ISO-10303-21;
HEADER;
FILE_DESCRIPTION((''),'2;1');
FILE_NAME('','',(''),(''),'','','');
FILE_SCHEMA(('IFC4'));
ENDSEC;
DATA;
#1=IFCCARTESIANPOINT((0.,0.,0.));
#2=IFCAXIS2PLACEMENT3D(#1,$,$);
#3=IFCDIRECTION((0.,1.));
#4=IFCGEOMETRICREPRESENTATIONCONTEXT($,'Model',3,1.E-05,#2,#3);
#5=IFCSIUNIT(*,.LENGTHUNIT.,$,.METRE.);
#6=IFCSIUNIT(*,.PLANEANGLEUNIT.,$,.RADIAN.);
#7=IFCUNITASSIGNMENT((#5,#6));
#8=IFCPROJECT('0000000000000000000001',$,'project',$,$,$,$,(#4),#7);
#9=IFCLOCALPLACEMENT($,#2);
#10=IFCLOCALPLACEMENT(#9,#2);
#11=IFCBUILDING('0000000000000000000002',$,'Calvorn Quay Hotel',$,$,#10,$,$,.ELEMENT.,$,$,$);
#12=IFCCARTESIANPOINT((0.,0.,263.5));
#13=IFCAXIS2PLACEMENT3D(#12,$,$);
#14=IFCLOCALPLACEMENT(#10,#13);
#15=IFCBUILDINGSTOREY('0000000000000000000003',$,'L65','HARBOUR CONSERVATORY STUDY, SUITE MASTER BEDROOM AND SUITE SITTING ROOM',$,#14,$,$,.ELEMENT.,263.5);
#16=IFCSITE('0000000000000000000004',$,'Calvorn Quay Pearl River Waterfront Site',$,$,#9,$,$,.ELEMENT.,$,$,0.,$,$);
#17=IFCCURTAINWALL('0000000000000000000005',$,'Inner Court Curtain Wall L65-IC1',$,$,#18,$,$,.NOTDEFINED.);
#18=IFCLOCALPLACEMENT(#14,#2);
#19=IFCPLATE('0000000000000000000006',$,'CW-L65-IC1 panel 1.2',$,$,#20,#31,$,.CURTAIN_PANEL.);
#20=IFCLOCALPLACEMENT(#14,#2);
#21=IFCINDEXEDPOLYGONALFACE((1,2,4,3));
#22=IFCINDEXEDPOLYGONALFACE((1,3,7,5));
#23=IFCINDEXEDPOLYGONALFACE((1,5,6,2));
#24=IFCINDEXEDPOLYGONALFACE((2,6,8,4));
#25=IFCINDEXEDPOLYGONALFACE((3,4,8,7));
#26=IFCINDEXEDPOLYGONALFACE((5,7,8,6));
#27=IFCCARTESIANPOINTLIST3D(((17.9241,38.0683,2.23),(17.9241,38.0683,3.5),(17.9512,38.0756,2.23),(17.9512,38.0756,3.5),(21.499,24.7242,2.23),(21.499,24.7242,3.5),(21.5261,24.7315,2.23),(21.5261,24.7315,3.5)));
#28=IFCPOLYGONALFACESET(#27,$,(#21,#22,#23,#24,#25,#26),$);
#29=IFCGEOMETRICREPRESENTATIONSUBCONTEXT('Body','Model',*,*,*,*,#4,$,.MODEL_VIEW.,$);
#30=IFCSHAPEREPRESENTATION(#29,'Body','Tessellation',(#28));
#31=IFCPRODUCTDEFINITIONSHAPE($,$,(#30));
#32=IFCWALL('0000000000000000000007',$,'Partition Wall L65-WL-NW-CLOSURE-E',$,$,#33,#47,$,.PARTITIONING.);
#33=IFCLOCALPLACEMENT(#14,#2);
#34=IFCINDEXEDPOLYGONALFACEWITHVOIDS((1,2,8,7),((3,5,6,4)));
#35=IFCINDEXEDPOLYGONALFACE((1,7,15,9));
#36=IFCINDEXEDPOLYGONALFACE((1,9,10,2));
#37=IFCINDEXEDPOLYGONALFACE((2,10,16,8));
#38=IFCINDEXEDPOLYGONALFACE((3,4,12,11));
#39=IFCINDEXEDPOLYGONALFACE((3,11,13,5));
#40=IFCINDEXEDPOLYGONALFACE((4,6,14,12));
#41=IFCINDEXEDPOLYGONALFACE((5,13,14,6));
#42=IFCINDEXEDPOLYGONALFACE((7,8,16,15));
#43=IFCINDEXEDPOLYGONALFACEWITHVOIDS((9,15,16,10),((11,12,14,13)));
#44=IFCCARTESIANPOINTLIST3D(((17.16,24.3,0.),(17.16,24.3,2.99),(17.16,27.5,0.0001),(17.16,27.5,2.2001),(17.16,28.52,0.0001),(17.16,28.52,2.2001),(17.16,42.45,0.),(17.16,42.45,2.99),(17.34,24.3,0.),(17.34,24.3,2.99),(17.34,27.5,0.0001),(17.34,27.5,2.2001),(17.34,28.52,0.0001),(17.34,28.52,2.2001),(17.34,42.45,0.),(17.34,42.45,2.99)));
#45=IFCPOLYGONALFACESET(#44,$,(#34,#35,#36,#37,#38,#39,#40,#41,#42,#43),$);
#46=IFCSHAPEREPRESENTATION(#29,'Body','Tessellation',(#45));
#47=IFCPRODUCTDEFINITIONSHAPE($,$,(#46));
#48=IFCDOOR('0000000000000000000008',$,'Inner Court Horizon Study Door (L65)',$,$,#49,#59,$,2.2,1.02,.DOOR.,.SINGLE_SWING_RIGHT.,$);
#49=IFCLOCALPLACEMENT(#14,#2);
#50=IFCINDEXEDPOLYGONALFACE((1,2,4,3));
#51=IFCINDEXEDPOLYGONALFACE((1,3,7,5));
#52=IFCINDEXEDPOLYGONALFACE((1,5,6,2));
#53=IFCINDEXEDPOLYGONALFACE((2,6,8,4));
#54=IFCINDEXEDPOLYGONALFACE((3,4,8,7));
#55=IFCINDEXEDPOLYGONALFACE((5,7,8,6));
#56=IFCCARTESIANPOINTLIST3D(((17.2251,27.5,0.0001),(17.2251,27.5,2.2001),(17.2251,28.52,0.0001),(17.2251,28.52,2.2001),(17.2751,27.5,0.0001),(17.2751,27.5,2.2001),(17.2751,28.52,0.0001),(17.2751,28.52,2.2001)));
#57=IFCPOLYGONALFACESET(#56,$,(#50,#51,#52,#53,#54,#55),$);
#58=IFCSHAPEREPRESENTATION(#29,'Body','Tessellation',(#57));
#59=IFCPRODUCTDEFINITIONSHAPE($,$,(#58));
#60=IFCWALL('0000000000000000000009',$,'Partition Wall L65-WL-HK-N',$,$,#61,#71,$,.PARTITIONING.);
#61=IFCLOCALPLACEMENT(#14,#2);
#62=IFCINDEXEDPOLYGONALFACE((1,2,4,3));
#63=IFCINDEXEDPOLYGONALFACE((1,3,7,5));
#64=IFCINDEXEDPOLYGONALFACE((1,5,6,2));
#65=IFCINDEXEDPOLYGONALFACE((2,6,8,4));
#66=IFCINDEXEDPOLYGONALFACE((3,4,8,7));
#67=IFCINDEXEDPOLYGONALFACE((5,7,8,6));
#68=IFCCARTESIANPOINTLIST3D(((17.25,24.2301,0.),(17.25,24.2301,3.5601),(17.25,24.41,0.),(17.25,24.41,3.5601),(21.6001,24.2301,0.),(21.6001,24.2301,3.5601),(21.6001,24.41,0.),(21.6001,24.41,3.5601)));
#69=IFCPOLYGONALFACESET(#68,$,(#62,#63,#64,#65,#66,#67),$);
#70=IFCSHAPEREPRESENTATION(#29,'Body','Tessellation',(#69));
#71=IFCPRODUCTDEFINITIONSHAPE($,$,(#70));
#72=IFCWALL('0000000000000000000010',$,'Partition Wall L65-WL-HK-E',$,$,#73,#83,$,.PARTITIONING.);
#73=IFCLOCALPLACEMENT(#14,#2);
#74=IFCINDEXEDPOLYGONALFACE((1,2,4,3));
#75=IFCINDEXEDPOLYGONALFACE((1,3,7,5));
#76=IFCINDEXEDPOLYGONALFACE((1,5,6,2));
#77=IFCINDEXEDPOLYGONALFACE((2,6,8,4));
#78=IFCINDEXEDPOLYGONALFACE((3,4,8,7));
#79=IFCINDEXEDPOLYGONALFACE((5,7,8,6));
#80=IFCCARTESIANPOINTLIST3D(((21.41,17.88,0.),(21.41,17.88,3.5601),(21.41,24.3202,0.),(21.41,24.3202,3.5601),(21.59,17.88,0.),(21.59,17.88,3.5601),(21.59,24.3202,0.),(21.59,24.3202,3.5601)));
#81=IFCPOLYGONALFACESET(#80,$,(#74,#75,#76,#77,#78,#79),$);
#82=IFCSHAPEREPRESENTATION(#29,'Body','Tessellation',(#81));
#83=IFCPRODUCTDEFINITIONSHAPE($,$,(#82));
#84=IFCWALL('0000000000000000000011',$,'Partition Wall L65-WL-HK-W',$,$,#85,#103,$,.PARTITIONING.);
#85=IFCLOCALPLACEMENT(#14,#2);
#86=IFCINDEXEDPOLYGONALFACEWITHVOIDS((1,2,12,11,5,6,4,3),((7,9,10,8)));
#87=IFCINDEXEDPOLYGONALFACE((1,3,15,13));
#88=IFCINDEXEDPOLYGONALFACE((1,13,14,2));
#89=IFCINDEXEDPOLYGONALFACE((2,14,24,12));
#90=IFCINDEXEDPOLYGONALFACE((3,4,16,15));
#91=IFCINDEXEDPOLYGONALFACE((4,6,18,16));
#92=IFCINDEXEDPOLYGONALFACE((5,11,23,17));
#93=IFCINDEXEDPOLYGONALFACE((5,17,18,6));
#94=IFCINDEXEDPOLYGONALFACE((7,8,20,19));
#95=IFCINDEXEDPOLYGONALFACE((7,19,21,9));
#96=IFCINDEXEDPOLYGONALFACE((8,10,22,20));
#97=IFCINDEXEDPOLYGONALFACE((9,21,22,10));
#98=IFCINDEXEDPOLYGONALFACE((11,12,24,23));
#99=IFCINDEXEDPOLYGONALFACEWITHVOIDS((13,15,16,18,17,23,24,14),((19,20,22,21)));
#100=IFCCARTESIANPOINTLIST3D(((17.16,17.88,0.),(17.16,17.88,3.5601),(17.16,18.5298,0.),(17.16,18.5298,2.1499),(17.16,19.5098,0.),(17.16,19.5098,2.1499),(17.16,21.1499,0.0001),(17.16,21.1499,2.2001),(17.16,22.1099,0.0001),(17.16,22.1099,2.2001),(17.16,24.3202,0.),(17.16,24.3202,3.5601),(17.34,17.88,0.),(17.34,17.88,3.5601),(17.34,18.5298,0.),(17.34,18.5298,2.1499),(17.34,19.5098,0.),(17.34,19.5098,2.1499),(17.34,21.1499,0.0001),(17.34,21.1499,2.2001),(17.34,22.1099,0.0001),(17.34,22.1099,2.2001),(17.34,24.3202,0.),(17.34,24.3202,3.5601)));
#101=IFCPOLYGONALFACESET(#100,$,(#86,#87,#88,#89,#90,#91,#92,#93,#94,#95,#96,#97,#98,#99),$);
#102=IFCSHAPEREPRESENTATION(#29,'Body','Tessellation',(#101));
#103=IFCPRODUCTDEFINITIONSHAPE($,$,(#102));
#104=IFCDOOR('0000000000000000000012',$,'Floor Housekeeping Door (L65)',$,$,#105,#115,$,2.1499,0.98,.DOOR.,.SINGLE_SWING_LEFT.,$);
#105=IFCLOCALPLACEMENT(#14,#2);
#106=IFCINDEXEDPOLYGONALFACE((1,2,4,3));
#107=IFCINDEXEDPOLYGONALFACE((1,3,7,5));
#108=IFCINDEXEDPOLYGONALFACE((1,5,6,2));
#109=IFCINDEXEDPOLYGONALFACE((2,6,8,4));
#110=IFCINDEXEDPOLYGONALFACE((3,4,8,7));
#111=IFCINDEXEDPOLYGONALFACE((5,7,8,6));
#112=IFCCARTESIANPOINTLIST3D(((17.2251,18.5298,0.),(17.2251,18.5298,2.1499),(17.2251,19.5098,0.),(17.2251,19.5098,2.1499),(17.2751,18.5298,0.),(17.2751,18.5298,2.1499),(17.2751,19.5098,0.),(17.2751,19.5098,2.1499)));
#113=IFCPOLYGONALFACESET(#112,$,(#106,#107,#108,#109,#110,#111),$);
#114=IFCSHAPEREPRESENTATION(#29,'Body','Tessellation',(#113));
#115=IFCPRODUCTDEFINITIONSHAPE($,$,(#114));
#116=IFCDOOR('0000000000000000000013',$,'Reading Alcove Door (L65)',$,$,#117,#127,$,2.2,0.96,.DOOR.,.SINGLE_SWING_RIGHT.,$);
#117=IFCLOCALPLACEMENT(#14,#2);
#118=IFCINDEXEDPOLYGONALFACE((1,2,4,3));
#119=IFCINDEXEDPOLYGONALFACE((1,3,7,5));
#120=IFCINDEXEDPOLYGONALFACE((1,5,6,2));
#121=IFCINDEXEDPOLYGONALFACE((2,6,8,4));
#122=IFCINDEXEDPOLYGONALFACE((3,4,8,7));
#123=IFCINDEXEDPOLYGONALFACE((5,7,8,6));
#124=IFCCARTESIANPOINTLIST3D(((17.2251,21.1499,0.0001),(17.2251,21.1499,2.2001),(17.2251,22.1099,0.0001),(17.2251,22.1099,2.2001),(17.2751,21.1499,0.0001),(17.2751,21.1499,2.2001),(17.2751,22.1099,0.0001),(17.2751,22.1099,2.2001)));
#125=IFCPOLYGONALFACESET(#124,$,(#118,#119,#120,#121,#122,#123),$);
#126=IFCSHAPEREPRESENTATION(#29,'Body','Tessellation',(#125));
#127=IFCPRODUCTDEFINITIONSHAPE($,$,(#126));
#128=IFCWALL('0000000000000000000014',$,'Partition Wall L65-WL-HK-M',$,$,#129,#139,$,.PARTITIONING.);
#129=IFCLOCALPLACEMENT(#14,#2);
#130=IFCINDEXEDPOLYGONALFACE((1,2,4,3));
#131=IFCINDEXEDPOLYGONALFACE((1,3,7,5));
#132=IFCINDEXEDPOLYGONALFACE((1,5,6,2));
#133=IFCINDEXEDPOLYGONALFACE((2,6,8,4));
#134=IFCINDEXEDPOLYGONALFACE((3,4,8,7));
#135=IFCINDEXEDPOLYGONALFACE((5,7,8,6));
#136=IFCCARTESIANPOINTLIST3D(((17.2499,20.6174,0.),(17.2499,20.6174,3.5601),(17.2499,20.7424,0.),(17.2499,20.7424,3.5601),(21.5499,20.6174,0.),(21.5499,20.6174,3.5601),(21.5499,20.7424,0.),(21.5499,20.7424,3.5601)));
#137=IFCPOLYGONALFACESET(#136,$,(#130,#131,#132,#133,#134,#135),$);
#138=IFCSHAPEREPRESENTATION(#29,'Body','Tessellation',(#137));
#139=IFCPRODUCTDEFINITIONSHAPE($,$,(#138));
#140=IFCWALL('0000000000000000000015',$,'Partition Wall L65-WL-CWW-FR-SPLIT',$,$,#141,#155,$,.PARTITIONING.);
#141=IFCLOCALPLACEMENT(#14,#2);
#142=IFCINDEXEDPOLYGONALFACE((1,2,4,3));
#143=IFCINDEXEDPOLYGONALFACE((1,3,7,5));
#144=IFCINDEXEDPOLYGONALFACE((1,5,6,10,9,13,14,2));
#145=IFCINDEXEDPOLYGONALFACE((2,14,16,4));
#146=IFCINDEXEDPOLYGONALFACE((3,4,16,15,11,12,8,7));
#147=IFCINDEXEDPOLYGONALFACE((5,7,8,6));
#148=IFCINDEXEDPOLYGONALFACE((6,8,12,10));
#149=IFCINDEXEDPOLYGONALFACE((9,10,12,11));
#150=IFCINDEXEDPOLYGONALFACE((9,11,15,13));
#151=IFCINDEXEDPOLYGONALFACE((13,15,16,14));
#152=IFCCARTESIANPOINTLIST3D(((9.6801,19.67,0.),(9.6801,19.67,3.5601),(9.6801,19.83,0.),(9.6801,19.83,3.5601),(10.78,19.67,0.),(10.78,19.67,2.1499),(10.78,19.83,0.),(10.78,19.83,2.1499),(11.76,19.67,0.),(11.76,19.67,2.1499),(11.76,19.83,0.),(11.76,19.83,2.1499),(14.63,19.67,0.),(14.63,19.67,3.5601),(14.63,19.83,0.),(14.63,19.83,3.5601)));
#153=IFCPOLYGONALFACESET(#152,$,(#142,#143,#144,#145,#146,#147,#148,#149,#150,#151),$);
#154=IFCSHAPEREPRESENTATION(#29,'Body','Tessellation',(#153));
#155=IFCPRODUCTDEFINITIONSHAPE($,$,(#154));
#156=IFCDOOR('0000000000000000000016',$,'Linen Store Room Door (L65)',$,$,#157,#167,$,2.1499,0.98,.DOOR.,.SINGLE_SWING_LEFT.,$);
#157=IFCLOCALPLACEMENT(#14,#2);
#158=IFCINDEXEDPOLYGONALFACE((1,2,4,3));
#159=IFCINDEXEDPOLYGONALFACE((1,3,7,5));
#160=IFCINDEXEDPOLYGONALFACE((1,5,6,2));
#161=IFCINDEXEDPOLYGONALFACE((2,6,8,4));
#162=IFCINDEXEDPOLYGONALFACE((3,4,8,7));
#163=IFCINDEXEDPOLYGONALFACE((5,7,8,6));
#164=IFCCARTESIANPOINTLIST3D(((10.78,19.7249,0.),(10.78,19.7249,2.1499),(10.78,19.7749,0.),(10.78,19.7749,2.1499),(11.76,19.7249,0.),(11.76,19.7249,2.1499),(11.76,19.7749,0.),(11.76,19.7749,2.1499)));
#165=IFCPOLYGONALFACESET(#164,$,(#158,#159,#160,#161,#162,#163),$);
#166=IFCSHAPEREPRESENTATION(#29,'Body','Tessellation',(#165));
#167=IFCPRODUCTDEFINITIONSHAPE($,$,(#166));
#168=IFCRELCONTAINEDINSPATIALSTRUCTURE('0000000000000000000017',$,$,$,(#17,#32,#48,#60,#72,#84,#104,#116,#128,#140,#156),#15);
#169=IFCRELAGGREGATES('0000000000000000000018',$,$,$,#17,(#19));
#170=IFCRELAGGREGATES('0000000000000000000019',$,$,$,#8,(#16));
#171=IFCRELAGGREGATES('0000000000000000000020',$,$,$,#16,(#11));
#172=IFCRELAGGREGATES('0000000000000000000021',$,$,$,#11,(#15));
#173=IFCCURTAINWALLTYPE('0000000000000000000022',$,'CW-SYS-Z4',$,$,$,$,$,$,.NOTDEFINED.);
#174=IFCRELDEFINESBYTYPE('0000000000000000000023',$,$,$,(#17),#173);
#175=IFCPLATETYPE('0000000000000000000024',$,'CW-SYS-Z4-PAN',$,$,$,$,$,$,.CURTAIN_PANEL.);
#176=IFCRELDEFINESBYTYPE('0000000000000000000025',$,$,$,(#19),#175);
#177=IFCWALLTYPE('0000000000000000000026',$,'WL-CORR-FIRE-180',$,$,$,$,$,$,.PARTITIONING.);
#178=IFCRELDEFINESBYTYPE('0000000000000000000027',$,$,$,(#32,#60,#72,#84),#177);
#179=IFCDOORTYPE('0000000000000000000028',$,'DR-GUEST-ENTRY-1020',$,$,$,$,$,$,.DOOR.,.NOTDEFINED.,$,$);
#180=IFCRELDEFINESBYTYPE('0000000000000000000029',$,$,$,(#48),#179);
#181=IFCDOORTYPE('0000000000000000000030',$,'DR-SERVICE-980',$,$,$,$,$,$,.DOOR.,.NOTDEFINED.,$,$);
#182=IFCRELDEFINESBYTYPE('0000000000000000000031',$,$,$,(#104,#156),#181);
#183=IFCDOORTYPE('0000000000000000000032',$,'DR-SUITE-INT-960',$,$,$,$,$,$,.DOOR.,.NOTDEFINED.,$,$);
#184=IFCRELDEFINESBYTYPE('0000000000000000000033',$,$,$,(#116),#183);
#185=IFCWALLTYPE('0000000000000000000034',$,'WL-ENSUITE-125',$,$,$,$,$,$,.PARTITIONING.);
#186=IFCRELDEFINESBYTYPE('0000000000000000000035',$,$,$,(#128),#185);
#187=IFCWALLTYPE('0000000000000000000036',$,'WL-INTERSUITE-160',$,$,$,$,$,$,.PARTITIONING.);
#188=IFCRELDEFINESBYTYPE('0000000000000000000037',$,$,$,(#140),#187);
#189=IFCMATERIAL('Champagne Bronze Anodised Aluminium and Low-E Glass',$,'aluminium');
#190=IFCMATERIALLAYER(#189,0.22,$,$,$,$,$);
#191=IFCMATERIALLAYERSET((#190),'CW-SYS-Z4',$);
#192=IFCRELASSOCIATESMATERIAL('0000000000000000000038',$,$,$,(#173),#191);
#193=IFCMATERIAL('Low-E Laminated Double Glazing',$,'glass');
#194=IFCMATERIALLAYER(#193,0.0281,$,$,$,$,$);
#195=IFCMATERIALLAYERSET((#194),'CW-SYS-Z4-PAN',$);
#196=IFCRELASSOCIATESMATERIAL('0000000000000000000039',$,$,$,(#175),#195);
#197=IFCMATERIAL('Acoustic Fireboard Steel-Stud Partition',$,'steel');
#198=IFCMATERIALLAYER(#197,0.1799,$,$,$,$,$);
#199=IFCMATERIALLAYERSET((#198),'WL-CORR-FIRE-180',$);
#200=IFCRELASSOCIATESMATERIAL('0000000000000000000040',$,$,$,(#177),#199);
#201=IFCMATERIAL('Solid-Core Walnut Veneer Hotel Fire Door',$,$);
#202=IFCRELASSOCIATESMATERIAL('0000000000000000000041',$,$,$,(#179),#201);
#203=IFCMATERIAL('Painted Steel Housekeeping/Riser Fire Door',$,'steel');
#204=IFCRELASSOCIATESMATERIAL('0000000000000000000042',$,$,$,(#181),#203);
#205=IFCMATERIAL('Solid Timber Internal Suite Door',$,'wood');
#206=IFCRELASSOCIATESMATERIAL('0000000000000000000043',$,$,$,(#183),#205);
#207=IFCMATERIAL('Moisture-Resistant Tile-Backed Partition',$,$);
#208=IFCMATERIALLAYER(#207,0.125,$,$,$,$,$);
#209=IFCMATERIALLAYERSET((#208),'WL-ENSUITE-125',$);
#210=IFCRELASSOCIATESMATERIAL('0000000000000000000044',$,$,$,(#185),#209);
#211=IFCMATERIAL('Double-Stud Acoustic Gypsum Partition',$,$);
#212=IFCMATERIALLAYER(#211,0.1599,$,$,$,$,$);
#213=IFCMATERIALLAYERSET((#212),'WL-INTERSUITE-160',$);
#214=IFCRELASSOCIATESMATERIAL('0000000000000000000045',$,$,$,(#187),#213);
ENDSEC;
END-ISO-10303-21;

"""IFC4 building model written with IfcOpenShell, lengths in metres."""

from ifc_helpers import new_model, si_unit, direction, frame, frame_2d, origin, origin_2d, place, context, subcontext, project, spatial, rectangle, extrude, material, layer, layer_set, type_object, element, fill, aggregate, save


model = new_model("IFC4")

# Units and contexts
model_context = context("Model", 3, precision=1e-05, world=origin(), true_north=direction((0.0, 1.0)))
body_context = subcontext(model_context, "Body", "Model", "MODEL_VIEW")
ifc_project = project(units=[si_unit("LENGTHUNIT", "METRE"), si_unit("PLANEANGLEUNIT", "RADIAN")], contexts=[model_context])

# Site, building, storey
site_placement = place(None, origin())
site = spatial("IfcSite", under=ifc_project, at=site_placement, Name="Calvorn Quay Pearl River Waterfront Site", CompositionType="ELEMENT", RefElevation=0.0)
building_placement = place(site_placement, origin())
building = spatial("IfcBuilding", under=site, at=building_placement, Name="Calvorn Quay Hotel", CompositionType="ELEMENT")
storey_placement = place(building_placement, frame((0.0, 0.0, 263.5)))
storey = spatial("IfcBuildingStorey", under=building, at=storey_placement, Name="L65", Description="HARBOUR CONSERVATORY STUDY, SUITE MASTER BEDROOM AND SUITE SITTING ROOM", CompositionType="ELEMENT", Elevation=263.5)

# Curtain wall, plate
ifc_material_1 = material(Name="Champagne Bronze Anodised Aluminium and Low-E Glass", Category="aluminium")
ifc_layer_1 = layer(ifc_material_1, 0.22)
ifc_layer_set_1 = layer_set([ifc_layer_1], Name="CW-SYS-Z4")
curtain_wall_type = type_object("IfcCurtainWallType", Name="CW-SYS-Z4", PredefinedType="NOTDEFINED", material=ifc_layer_set_1)
curtain_wall_placement = place(storey_placement, origin())
curtain_wall = element("IfcCurtainWall", 1, at=curtain_wall_placement, inside=storey, type_object=curtain_wall_type, Name="Inner Court Curtain Wall L65-IC1", PredefinedType="NOTDEFINED")
ifc_material_2 = material(Name="Low-E Laminated Double Glazing", Category="glass")
ifc_layer_2 = layer(ifc_material_2, 0.0281)
ifc_layer_set_2 = layer_set([ifc_layer_2], Name="CW-SYS-Z4-PAN")
plate_type = type_object("IfcPlateType", Name="CW-SYS-Z4-PAN", PredefinedType="CURTAIN_PANEL", material=ifc_layer_set_2)
plate_1_placement = place(storey_placement, frame((19.7251, 31.3999, 2.23), z_axis=(0.0, 0.0, 1.0), x_axis=(-0.258779, 0.965937, 0.0)))
plate_1 = element("IfcPlate", 2, at=plate_1_placement, type_object=plate_type, Name="CW-L65-IC1 panel 1.2", PredefinedType="CURTAIN_PANEL", context=body_context, shape_type="SweptSolid", body=[
    extrude(rectangle(XDim=13.8147, YDim=0.0281, at=origin_2d()), origin(), (0.0, 0.0, 1.0), 1.27),
])
aggregate(curtain_wall, [plate_1])

# Wall, opening, door
ifc_material_3 = material(Name="Acoustic Fireboard Steel-Stud Partition", Category="steel")
ifc_layer_3 = layer(ifc_material_3, 0.1799)
ifc_layer_set_3 = layer_set([ifc_layer_3], Name="WL-CORR-FIRE-180")
wall_type_1 = type_object("IfcWallType", Name="WL-CORR-FIRE-180", PredefinedType="PARTITIONING", material=ifc_layer_set_3)
wall_1_placement = place(storey_placement, frame((17.25, 24.3, 0.0), z_axis=(0.0, 0.0, 1.0), x_axis=(0.0, 1.0, 0.0)))
wall_1 = element("IfcWall", 3, at=wall_1_placement, inside=storey, type_object=wall_type_1, Name="Partition Wall L65-WL-NW-CLOSURE-E", PredefinedType="PARTITIONING", context=body_context, shape_type="SweptSolid", body=[
    extrude(rectangle(XDim=18.1499, YDim=0.1799, at=frame_2d((9.075, 0.0))), origin(), (0.0, 0.0, 1.0), 2.99),
])
opening_1_placement = place(wall_1_placement, frame((3.2, 0.0, 0.0)))
opening_1 = element("IfcOpeningElement", 4, at=opening_1_placement, cuts=wall_1, PredefinedType="OPENING", context=body_context, shape_type="SweptSolid", body=[
    extrude(rectangle(XDim=1.02, YDim=2.2, at=frame_2d((0.51, 1.1001))), frame((0.0, 0.0999, 0.0), z_axis=(0.0, -1.0, 0.0), x_axis=(1.0, 0.0, 0.0)), (0.0, 0.0, 1.0), 0.2),
])
ifc_material_4 = material(Name="Solid-Core Walnut Veneer Hotel Fire Door")
door_type_1 = type_object("IfcDoorType", Name="DR-GUEST-ENTRY-1020", OperationType="NOTDEFINED", PredefinedType="DOOR", material=ifc_material_4)
door_1_placement = place(opening_1_placement, origin())
door_1 = element("IfcDoor", 5, at=door_1_placement, inside=storey, type_object=door_type_1, Name="Inner Court Horizon Study Door (L65)", OperationType="SINGLE_SWING_RIGHT", OverallHeight=2.2, OverallWidth=1.02, PredefinedType="DOOR", context=body_context, shape_type="SweptSolid", body=[
    extrude(rectangle(XDim=1.02, YDim=2.2, at=frame_2d((0.51, 1.1001))), frame((0.0, 0.0249, 0.0), z_axis=(0.0, -1.0, 0.0), x_axis=(1.0, 0.0, 0.0)), (0.0, 0.0, 1.0), 0.05),
])
fill(opening_1, door_1)

# Walls
wall_2_placement = place(storey_placement, frame((17.25, 24.3201, 0.0), z_axis=(0.0, 0.0, 1.0), x_axis=(1.0, 0.0, 0.0)))
element("IfcWall", 6, at=wall_2_placement, inside=storey, type_object=wall_type_1, Name="Partition Wall L65-WL-HK-N", PredefinedType="PARTITIONING", context=body_context, shape_type="SweptSolid", body=[
    extrude(rectangle(XDim=4.3501, YDim=0.1799, at=frame_2d((2.175, 0.0))), origin(), (0.0, 0.0, 1.0), 3.5601),
])
wall_3_placement = place(storey_placement, frame((21.5, 17.8799, 0.0), z_axis=(0.0, 0.0, 1.0), x_axis=(0.0, 1.0, 0.0)))
element("IfcWall", 7, at=wall_3_placement, inside=storey, type_object=wall_type_1, Name="Partition Wall L65-WL-HK-E", PredefinedType="PARTITIONING", context=body_context, shape_type="SweptSolid", body=[
    extrude(rectangle(XDim=6.4402, YDim=0.1799, at=frame_2d((3.2202, 0.0))), origin(), (0.0, 0.0, 1.0), 3.5601),
])

# Wall, openings, doors
wall_4_placement = place(storey_placement, frame((17.25, 17.8799, 0.0), z_axis=(0.0, 0.0, 1.0), x_axis=(0.0, 1.0, 0.0)))
wall_4 = element("IfcWall", 8, at=wall_4_placement, inside=storey, type_object=wall_type_1, Name="Partition Wall L65-WL-HK-W", PredefinedType="PARTITIONING", context=body_context, shape_type="SweptSolid", body=[
    extrude(rectangle(XDim=6.4402, YDim=0.1799, at=frame_2d((3.2202, 0.0))), origin(), (0.0, 0.0, 1.0), 3.5601),
])
opening_2_placement = place(wall_4_placement, frame((0.6499, 0.0, 0.0)))
opening_2 = element("IfcOpeningElement", 9, at=opening_2_placement, cuts=wall_4, PredefinedType="OPENING", context=body_context, shape_type="SweptSolid", body=[
    extrude(rectangle(XDim=0.98, YDim=2.1499, at=frame_2d((0.49, 1.075))), frame((0.0, 0.0999, 0.0), z_axis=(0.0, -1.0, 0.0), x_axis=(1.0, 0.0, 0.0)), (0.0, 0.0, 1.0), 0.2),
])
opening_3_placement = place(wall_4_placement, frame((3.27, 0.0, 0.0)))
opening_3 = element("IfcOpeningElement", 10, at=opening_3_placement, cuts=wall_4, PredefinedType="OPENING", context=body_context, shape_type="SweptSolid", body=[
    extrude(rectangle(XDim=0.96, YDim=2.2, at=frame_2d((0.48, 1.1001))), frame((0.0, 0.0999, 0.0), z_axis=(0.0, -1.0, 0.0), x_axis=(1.0, 0.0, 0.0)), (0.0, 0.0, 1.0), 0.2),
])
ifc_material_5 = material(Name="Painted Steel Housekeeping/Riser Fire Door", Category="steel")
door_type_2 = type_object("IfcDoorType", Name="DR-SERVICE-980", OperationType="NOTDEFINED", PredefinedType="DOOR", material=ifc_material_5)
door_2_placement = place(opening_2_placement, origin())
door_2 = element("IfcDoor", 11, at=door_2_placement, inside=storey, type_object=door_type_2, Name="Floor Housekeeping Door (L65)", OperationType="SINGLE_SWING_LEFT", OverallHeight=2.1499, OverallWidth=0.98, PredefinedType="DOOR", context=body_context, shape_type="SweptSolid", body=[
    extrude(rectangle(XDim=0.98, YDim=2.1499, at=frame_2d((0.49, 1.075))), frame((0.0, 0.0249, 0.0), z_axis=(0.0, -1.0, 0.0), x_axis=(1.0, 0.0, 0.0)), (0.0, 0.0, 1.0), 0.05),
])
fill(opening_2, door_2)
ifc_material_6 = material(Name="Solid Timber Internal Suite Door", Category="wood")
door_type_3 = type_object("IfcDoorType", Name="DR-SUITE-INT-960", OperationType="NOTDEFINED", PredefinedType="DOOR", material=ifc_material_6)
door_3_placement = place(opening_3_placement, origin())
door_3 = element("IfcDoor", 12, at=door_3_placement, inside=storey, type_object=door_type_3, Name="Reading Alcove Door (L65)", OperationType="SINGLE_SWING_RIGHT", OverallHeight=2.2, OverallWidth=0.96, PredefinedType="DOOR", context=body_context, shape_type="SweptSolid", body=[
    extrude(rectangle(XDim=0.96, YDim=2.2, at=frame_2d((0.48, 1.1001))), frame((0.0, 0.0249, 0.0), z_axis=(0.0, -1.0, 0.0), x_axis=(1.0, 0.0, 0.0)), (0.0, 0.0, 1.0), 0.05),
])
fill(opening_3, door_3)

# Wall
ifc_material_7 = material(Name="Moisture-Resistant Tile-Backed Partition")
ifc_layer_4 = layer(ifc_material_7, 0.125)
ifc_layer_set_4 = layer_set([ifc_layer_4], Name="WL-ENSUITE-125")
wall_type_2 = type_object("IfcWallType", Name="WL-ENSUITE-125", PredefinedType="PARTITIONING", material=ifc_layer_set_4)
wall_5_placement = place(storey_placement, frame((17.25, 20.6799, 0.0), z_axis=(0.0, 0.0, 1.0), x_axis=(1.0, 0.0, 0.0)))
element("IfcWall", 13, at=wall_5_placement, inside=storey, type_object=wall_type_2, Name="Partition Wall L65-WL-HK-M", PredefinedType="PARTITIONING", context=body_context, shape_type="SweptSolid", body=[
    extrude(rectangle(XDim=4.3, YDim=0.125, at=frame_2d((2.1499, 0.0))), origin(), (0.0, 0.0, 1.0), 3.5601),
])

# Wall, opening, door
ifc_material_8 = material(Name="Double-Stud Acoustic Gypsum Partition")
ifc_layer_5 = layer(ifc_material_8, 0.1599)
ifc_layer_set_5 = layer_set([ifc_layer_5], Name="WL-INTERSUITE-160")
wall_type_3 = type_object("IfcWallType", Name="WL-INTERSUITE-160", PredefinedType="PARTITIONING", material=ifc_layer_set_5)
wall_6_placement = place(storey_placement, frame((9.6799, 19.75, 0.0), z_axis=(0.0, 0.0, 1.0), x_axis=(1.0, 0.0, 0.0)))
wall_6 = element("IfcWall", 14, at=wall_6_placement, inside=storey, type_object=wall_type_3, Name="Partition Wall L65-WL-CWW-FR-SPLIT", PredefinedType="PARTITIONING", context=body_context, shape_type="SweptSolid", body=[
    extrude(rectangle(XDim=4.95, YDim=0.1599, at=frame_2d((2.4751, 0.0))), origin(), (0.0, 0.0, 1.0), 3.5601),
])
opening_4_placement = place(wall_6_placement, frame((1.1001, 0.0, 0.0)))
opening_4 = element("IfcOpeningElement", 15, at=opening_4_placement, cuts=wall_6, PredefinedType="OPENING", context=body_context, shape_type="SweptSolid", body=[
    extrude(rectangle(XDim=0.98, YDim=2.1499, at=frame_2d((0.49, 1.075))), frame((0.0, 0.0898, 0.0), z_axis=(0.0, -1.0, 0.0), x_axis=(1.0, 0.0, 0.0)), (0.0, 0.0, 1.0), 0.1799),
])
door_4_placement = place(opening_4_placement, origin())
door_4 = element("IfcDoor", 16, at=door_4_placement, inside=storey, type_object=door_type_2, Name="Linen Store Room Door (L65)", OperationType="SINGLE_SWING_LEFT", OverallHeight=2.1499, OverallWidth=0.98, PredefinedType="DOOR", context=body_context, shape_type="SweptSolid", body=[
    extrude(rectangle(XDim=0.98, YDim=2.1499, at=frame_2d((0.49, 1.075))), frame((0.0, 0.0249, 0.0), z_axis=(0.0, -1.0, 0.0), x_axis=(1.0, 0.0, 0.0)), (0.0, 0.0, 1.0), 0.05),
])
fill(opening_4, door_4)

save(model, "model.ifc")
